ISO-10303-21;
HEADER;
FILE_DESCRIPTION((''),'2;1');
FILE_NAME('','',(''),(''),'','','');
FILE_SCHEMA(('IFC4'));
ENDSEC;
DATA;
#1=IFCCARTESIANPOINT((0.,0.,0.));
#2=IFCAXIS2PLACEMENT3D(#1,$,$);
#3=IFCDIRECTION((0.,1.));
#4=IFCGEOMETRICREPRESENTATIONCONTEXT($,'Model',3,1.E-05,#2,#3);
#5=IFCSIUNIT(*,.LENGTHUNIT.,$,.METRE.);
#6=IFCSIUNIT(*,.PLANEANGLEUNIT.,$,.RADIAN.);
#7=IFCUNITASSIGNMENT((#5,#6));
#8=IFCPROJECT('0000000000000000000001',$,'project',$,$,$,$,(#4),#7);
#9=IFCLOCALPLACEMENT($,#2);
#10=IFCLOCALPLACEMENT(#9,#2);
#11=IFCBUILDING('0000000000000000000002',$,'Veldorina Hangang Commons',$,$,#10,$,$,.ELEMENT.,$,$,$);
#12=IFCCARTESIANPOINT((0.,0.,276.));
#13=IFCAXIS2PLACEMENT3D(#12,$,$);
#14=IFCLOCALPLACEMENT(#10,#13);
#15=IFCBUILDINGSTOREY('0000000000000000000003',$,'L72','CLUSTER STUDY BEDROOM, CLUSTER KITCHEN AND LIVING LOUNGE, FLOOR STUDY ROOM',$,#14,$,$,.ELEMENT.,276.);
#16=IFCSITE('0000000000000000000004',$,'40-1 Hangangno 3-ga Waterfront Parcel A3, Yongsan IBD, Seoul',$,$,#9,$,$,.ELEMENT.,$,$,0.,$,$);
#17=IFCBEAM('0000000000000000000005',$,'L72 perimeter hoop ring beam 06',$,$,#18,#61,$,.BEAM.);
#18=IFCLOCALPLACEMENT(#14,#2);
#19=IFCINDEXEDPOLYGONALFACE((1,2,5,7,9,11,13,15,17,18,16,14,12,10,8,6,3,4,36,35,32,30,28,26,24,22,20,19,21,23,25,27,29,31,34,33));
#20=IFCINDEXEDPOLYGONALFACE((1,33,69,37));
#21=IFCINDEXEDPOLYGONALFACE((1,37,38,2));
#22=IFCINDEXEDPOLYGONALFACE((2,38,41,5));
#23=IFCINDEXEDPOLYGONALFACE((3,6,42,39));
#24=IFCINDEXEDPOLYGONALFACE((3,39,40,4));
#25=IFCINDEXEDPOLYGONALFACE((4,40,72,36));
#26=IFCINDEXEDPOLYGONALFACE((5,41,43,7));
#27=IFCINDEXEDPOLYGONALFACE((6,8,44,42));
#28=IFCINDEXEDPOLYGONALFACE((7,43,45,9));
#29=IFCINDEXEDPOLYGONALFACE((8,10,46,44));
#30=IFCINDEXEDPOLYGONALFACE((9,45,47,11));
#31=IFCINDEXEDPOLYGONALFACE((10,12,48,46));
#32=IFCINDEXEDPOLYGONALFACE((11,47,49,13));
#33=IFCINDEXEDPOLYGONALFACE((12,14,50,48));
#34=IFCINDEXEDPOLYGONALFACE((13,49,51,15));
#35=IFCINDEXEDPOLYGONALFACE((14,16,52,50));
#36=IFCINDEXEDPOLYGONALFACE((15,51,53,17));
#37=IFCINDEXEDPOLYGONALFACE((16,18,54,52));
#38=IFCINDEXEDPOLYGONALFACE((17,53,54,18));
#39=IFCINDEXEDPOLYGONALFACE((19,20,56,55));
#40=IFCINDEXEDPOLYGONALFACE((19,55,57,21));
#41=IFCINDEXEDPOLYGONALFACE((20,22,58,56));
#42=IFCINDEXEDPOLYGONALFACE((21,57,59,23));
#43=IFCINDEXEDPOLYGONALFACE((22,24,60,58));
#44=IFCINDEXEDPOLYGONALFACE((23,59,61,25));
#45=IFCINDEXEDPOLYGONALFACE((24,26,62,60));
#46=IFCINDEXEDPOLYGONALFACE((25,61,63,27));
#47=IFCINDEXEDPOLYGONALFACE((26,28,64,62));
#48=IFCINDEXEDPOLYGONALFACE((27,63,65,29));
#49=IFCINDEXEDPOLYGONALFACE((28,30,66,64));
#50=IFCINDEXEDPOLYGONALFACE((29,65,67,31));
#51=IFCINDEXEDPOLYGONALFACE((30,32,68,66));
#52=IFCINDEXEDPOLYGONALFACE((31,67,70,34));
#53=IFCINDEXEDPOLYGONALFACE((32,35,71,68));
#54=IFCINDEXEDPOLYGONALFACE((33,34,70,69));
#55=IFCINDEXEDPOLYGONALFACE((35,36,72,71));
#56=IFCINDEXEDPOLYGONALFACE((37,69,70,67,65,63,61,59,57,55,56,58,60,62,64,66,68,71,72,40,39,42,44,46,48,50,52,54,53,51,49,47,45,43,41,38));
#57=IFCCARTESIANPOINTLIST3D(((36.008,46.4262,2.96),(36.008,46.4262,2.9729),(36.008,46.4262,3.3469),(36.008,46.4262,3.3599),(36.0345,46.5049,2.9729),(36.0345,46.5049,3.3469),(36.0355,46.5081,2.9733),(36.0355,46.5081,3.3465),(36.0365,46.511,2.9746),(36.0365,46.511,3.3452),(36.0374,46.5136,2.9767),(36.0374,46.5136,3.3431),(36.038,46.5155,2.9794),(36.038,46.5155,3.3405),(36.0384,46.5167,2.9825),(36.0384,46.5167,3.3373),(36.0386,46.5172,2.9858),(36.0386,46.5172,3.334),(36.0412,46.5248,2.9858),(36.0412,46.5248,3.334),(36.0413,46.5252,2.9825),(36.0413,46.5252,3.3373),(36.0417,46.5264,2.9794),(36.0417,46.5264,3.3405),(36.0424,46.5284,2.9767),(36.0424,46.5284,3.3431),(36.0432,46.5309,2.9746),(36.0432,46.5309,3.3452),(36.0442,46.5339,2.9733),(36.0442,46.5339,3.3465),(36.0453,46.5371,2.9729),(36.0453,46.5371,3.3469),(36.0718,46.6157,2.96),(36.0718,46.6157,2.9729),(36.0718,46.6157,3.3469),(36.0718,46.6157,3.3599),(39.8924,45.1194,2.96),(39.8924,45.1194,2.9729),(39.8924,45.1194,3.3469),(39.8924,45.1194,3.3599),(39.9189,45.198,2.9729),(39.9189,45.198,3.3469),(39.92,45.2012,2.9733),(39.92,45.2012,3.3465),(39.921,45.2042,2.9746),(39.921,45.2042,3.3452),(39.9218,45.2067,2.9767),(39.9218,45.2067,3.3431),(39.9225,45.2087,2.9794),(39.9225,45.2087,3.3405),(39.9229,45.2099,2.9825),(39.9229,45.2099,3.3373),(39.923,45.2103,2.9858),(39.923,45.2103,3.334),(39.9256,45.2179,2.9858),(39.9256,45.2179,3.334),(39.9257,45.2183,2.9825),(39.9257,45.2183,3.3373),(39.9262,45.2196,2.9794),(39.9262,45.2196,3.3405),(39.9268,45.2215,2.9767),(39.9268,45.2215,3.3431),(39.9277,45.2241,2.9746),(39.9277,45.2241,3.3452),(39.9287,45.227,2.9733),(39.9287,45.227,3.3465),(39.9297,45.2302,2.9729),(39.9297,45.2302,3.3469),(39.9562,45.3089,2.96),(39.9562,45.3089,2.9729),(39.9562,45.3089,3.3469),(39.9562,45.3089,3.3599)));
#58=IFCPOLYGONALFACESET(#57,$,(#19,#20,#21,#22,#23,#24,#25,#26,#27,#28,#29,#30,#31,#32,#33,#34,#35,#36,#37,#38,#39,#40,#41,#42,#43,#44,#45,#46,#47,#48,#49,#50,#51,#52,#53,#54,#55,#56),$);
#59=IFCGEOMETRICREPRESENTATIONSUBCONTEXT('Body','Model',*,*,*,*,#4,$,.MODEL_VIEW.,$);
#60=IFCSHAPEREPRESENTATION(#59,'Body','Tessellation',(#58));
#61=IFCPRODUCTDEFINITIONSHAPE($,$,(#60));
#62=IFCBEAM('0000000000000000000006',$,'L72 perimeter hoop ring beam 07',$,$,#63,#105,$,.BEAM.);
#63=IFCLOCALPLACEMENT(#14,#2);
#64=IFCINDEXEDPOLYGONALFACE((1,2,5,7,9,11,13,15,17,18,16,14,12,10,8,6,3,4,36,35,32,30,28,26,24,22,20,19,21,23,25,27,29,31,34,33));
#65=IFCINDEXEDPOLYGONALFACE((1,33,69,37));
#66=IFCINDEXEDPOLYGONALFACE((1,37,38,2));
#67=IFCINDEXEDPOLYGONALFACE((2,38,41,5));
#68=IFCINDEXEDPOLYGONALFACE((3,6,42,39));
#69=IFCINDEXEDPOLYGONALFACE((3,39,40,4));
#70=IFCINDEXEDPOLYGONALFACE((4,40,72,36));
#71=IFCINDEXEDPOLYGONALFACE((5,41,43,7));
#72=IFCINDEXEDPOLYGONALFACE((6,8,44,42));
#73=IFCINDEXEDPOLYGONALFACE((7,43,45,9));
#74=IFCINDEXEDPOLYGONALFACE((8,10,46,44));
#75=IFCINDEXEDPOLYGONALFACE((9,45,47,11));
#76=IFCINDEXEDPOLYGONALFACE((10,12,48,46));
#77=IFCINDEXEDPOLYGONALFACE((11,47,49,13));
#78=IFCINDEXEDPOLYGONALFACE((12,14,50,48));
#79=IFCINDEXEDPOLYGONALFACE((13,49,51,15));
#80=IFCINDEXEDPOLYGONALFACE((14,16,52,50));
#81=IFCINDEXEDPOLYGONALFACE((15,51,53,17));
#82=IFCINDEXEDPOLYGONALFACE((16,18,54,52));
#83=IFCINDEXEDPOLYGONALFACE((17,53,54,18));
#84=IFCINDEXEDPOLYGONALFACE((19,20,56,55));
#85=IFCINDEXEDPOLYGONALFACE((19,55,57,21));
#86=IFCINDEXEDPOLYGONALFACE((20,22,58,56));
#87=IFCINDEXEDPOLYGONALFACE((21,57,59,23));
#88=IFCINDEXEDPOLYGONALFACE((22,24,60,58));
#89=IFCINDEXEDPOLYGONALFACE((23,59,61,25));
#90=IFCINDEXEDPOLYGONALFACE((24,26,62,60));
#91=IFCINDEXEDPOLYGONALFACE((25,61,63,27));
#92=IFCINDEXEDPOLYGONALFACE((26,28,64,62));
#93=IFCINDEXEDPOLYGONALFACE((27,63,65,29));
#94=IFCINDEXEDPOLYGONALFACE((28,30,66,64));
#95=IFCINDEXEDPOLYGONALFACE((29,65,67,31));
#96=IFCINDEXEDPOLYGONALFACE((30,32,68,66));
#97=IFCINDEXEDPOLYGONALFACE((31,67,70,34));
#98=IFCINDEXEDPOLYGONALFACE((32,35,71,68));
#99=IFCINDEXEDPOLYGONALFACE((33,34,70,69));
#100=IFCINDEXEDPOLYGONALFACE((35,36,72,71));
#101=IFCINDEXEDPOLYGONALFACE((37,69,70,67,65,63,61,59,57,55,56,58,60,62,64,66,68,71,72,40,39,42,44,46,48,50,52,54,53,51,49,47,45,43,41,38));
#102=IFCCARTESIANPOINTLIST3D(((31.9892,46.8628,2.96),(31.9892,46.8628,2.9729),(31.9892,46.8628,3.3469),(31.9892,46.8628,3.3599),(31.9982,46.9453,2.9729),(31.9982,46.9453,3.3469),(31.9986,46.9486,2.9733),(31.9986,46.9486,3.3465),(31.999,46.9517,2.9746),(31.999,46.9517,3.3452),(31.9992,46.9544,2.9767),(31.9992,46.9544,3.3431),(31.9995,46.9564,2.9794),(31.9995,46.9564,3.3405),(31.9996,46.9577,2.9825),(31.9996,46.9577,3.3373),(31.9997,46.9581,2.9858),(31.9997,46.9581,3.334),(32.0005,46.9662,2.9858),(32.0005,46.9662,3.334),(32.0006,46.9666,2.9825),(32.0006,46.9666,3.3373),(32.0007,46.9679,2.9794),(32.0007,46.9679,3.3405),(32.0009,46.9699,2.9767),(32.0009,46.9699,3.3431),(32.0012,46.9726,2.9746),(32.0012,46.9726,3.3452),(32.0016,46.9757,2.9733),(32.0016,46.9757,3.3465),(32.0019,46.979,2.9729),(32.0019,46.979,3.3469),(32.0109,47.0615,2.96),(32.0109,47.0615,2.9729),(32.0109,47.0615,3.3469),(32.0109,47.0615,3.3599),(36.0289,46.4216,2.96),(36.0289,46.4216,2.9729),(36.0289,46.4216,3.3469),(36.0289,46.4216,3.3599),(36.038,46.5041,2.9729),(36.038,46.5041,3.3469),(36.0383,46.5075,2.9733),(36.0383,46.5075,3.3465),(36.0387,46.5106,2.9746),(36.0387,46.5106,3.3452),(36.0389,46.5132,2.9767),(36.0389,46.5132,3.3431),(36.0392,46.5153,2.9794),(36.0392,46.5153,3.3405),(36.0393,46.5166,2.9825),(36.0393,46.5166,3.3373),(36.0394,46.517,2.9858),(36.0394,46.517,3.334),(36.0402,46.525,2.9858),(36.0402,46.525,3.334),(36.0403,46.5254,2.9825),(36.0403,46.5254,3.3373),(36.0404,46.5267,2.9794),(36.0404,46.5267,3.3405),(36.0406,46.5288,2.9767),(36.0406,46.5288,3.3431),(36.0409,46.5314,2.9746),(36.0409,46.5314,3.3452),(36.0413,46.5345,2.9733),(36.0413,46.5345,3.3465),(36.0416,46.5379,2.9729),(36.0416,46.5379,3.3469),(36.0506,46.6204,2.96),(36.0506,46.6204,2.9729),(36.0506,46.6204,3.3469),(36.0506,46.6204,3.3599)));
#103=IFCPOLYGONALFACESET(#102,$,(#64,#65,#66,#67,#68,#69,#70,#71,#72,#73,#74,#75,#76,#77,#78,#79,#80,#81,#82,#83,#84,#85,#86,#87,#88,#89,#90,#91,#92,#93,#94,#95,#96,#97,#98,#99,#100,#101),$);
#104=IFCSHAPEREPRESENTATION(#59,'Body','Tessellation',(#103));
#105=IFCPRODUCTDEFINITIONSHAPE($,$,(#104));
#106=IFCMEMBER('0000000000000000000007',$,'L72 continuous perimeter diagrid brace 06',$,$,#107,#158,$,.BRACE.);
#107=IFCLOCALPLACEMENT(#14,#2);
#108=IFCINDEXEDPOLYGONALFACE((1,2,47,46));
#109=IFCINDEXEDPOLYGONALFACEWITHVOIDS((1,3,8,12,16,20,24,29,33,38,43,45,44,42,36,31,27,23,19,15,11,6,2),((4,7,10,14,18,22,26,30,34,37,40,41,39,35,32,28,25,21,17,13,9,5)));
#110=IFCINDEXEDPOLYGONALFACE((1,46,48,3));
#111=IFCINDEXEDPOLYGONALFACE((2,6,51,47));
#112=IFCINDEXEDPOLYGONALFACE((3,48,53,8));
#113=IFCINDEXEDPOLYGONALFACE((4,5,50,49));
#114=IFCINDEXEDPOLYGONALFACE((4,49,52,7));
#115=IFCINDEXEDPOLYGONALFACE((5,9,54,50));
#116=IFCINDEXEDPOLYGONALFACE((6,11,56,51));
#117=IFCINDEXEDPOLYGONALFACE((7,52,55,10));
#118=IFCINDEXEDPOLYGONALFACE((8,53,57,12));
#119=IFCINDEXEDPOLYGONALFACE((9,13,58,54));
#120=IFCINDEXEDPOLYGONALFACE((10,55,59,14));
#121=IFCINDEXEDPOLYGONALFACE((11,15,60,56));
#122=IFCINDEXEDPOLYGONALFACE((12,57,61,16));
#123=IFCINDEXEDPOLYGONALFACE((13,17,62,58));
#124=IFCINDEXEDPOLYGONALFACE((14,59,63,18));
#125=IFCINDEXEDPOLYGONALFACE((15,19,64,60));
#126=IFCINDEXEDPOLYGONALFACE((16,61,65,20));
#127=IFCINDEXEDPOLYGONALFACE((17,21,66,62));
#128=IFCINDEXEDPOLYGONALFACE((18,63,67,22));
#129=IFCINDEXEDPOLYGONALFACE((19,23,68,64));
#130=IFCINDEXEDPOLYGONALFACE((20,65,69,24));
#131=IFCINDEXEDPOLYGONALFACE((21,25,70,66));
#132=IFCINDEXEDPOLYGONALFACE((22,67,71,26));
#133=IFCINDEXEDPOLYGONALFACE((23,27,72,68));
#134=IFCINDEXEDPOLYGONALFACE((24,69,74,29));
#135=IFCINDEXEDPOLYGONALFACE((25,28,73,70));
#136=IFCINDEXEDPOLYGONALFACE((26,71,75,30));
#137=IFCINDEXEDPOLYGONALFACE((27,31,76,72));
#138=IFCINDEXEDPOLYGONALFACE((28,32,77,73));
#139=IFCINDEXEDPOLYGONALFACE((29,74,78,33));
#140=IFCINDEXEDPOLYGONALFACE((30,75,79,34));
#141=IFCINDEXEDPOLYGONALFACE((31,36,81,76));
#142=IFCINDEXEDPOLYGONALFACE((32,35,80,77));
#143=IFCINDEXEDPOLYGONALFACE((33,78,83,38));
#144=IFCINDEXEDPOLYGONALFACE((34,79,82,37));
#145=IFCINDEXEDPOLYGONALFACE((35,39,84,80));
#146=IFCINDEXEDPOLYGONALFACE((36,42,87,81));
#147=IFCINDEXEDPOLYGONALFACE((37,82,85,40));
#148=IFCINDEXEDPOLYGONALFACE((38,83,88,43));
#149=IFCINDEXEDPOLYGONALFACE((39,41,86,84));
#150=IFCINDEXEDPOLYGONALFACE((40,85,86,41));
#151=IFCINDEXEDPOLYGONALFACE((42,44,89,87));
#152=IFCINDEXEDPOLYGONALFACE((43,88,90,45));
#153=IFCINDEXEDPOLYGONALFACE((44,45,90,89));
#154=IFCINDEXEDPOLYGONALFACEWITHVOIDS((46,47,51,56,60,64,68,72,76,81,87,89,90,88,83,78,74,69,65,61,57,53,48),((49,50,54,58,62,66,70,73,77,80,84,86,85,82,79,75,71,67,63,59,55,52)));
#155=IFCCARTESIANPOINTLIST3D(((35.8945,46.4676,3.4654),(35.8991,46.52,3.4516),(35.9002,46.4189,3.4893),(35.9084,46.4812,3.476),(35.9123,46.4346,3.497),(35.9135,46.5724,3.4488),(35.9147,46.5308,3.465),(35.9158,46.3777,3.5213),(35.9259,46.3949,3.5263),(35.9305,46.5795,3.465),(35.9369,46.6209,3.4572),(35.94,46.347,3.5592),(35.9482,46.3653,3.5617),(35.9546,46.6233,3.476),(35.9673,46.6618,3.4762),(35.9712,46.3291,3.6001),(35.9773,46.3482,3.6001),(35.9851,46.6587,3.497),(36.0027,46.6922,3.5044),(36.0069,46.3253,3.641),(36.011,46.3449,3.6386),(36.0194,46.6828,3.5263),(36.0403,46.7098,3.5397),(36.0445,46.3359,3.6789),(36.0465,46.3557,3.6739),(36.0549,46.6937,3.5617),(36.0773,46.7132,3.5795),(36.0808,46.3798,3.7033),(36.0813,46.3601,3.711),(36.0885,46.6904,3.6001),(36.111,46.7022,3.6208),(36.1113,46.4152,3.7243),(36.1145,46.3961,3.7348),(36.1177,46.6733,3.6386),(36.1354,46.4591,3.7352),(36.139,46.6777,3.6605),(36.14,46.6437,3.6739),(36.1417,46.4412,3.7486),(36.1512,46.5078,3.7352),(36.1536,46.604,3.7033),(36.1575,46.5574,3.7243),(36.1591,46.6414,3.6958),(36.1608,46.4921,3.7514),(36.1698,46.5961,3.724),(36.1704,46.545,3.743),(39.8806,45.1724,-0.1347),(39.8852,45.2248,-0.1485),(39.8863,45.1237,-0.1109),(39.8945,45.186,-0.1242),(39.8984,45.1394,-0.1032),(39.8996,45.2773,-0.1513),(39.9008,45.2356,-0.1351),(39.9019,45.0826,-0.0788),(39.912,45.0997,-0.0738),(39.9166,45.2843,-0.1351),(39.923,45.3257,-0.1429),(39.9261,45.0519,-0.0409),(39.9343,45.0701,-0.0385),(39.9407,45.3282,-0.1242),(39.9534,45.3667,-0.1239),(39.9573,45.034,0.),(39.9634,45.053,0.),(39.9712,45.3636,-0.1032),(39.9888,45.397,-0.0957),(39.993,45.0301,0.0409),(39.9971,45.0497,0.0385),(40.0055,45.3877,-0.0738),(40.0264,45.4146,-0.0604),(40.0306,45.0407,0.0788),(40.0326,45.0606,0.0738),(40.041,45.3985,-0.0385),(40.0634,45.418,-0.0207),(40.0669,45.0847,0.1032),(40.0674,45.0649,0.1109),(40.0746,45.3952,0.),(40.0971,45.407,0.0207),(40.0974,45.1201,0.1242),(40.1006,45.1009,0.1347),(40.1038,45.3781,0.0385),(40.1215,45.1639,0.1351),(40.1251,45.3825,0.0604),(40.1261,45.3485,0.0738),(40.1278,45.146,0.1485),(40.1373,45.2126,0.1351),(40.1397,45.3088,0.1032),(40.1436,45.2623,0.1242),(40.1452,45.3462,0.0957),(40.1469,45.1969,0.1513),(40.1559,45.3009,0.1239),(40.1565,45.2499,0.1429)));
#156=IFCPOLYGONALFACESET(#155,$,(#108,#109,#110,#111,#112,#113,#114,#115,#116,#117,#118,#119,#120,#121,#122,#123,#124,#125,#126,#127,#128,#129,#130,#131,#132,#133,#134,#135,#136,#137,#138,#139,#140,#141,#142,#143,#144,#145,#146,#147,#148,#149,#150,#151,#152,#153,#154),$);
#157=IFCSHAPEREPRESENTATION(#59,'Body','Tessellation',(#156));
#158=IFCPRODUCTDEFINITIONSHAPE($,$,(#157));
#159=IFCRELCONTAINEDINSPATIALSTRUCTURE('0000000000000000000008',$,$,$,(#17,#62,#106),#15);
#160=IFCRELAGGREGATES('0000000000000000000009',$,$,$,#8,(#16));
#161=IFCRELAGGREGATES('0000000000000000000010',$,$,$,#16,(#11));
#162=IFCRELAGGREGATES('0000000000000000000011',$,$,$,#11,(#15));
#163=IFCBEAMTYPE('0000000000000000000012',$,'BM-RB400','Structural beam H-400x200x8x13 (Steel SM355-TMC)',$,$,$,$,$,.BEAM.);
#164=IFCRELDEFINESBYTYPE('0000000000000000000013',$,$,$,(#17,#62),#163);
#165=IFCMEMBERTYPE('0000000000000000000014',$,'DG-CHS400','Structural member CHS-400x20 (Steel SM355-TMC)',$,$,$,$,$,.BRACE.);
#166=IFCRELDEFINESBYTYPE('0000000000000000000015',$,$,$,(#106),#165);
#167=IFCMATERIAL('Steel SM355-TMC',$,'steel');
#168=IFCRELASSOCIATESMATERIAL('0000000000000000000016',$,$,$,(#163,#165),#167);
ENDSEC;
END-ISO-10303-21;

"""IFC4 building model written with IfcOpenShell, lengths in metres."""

from ifc_helpers import new_model, si_unit, direction, frame, origin, origin_2d, place, context, subcontext, project, spatial, hollow_circle, i_section, extrude, material, material_profile, profile_set, type_object, element, save


model = new_model("IFC4")

# Units and contexts
model_context = context("Model", 3, precision=1e-05, world=origin(), true_north=direction((0.0, 1.0)))
body_context = subcontext(model_context, "Body", "Model", "MODEL_VIEW")
ifc_project = project(units=[si_unit("LENGTHUNIT", "METRE"), si_unit("PLANEANGLEUNIT", "RADIAN")], contexts=[model_context])

# Site, building, storey
site_placement = place(None, origin())
site = spatial("IfcSite", under=ifc_project, at=site_placement, Name="40-1 Hangangno 3-ga Waterfront Parcel A3, Yongsan IBD, Seoul", CompositionType="ELEMENT", RefElevation=0.0)
building_placement = place(site_placement, origin())
building = spatial("IfcBuilding", under=site, at=building_placement, Name="Veldorina Hangang Commons", CompositionType="ELEMENT")
storey_placement = place(building_placement, frame((0.0, 0.0, 276.0)))
storey = spatial("IfcBuildingStorey", under=building, at=storey_placement, Name="L72", Description="CLUSTER STUDY BEDROOM, CLUSTER KITCHEN AND LIVING LOUNGE, FLOOR STUDY ROOM", CompositionType="ELEMENT", Elevation=276.0)

# Beams
ifc_material_1 = material(Name="Steel SM355-TMC", Category="steel")
ifc_material_profile_1 = material_profile(ifc_material_1, i_section(OverallWidth=0.2, OverallDepth=0.3999, WebThickness=0.0081, FlangeThickness=0.0129, FilletRadius=0.0129, at=origin_2d()), Name="H-400x200x8x13")
ifc_profile_set_1 = profile_set([ifc_material_profile_1], Name="Steel SM355-TMC")
beam_type = type_object("IfcBeamType", Name="BM-RB400", Description="Structural beam H-400x200x8x13 (Steel SM355-TMC)", PredefinedType="BEAM", material=ifc_profile_set_1)
beam_1_placement = place(storey_placement, frame((39.9243, 45.2141, 3.1599), z_axis=(-0.947798, 0.318871, 0.0), x_axis=(-0.318871, -0.947798, 0.0)))
element("IfcBeam", 1, at=beam_1_placement, inside=storey, type_object=beam_type, Name="L72 perimeter hoop ring beam 06", PredefinedType="BEAM", context=body_context, shape_type="SweptSolid", body=[
    extrude(i_section(OverallWidth=0.2, OverallDepth=0.3999, WebThickness=0.0081, FlangeThickness=0.0129, FilletRadius=0.0129, at=origin_2d()), origin(), (0.0, 0.0, 1.0), 4.0984),
])
beam_2_placement = place(storey_placement, frame((36.0398, 46.521, 3.1599), z_axis=(-0.99409, 0.108559, 0.0), x_axis=(-0.108559, -0.99409, 0.0)))
element("IfcBeam", 2, at=beam_2_placement, inside=storey, type_object=beam_type, Name="L72 perimeter hoop ring beam 07", PredefinedType="BEAM", context=body_context, shape_type="SweptSolid", body=[
    extrude(i_section(OverallWidth=0.2, OverallDepth=0.3999, WebThickness=0.0081, FlangeThickness=0.0129, FilletRadius=0.0129, at=origin_2d()), origin(), (0.0, 0.0, 1.0), 4.0637),
])

# Member
ifc_material_profile_2 = material_profile(ifc_material_1, hollow_circle(Radius=0.2, WallThickness=0.02, at=origin_2d()), Name="CHS-400x20")
ifc_profile_set_2 = profile_set([ifc_material_profile_2], Name="Steel SM355-TMC")
member_type_1 = type_object("IfcMemberType", Name="DG-CHS400", Description="Structural member CHS-400x20 (Steel SM355-TMC)", PredefinedType="BRACE", material=ifc_profile_set_2)
member_1_placement = place(storey_placement, frame((40.019, 45.2241, 0.0), z_axis=(-0.721447, 0.234414, 0.651586), x_axis=(-0.309019, -0.951056, 0.0)))
element("IfcMember", 3, at=member_1_placement, inside=storey, type_object=member_type_1, Name="L72 continuous perimeter diagrid brace 06", PredefinedType="BRACE", context=body_context, shape_type="SweptSolid", body=[
    extrude(hollow_circle(Radius=0.2, WallThickness=0.02, at=origin_2d()), origin(), (0.0, 0.0, 1.0), 5.5251),
])

save(model, "model.ifc")
